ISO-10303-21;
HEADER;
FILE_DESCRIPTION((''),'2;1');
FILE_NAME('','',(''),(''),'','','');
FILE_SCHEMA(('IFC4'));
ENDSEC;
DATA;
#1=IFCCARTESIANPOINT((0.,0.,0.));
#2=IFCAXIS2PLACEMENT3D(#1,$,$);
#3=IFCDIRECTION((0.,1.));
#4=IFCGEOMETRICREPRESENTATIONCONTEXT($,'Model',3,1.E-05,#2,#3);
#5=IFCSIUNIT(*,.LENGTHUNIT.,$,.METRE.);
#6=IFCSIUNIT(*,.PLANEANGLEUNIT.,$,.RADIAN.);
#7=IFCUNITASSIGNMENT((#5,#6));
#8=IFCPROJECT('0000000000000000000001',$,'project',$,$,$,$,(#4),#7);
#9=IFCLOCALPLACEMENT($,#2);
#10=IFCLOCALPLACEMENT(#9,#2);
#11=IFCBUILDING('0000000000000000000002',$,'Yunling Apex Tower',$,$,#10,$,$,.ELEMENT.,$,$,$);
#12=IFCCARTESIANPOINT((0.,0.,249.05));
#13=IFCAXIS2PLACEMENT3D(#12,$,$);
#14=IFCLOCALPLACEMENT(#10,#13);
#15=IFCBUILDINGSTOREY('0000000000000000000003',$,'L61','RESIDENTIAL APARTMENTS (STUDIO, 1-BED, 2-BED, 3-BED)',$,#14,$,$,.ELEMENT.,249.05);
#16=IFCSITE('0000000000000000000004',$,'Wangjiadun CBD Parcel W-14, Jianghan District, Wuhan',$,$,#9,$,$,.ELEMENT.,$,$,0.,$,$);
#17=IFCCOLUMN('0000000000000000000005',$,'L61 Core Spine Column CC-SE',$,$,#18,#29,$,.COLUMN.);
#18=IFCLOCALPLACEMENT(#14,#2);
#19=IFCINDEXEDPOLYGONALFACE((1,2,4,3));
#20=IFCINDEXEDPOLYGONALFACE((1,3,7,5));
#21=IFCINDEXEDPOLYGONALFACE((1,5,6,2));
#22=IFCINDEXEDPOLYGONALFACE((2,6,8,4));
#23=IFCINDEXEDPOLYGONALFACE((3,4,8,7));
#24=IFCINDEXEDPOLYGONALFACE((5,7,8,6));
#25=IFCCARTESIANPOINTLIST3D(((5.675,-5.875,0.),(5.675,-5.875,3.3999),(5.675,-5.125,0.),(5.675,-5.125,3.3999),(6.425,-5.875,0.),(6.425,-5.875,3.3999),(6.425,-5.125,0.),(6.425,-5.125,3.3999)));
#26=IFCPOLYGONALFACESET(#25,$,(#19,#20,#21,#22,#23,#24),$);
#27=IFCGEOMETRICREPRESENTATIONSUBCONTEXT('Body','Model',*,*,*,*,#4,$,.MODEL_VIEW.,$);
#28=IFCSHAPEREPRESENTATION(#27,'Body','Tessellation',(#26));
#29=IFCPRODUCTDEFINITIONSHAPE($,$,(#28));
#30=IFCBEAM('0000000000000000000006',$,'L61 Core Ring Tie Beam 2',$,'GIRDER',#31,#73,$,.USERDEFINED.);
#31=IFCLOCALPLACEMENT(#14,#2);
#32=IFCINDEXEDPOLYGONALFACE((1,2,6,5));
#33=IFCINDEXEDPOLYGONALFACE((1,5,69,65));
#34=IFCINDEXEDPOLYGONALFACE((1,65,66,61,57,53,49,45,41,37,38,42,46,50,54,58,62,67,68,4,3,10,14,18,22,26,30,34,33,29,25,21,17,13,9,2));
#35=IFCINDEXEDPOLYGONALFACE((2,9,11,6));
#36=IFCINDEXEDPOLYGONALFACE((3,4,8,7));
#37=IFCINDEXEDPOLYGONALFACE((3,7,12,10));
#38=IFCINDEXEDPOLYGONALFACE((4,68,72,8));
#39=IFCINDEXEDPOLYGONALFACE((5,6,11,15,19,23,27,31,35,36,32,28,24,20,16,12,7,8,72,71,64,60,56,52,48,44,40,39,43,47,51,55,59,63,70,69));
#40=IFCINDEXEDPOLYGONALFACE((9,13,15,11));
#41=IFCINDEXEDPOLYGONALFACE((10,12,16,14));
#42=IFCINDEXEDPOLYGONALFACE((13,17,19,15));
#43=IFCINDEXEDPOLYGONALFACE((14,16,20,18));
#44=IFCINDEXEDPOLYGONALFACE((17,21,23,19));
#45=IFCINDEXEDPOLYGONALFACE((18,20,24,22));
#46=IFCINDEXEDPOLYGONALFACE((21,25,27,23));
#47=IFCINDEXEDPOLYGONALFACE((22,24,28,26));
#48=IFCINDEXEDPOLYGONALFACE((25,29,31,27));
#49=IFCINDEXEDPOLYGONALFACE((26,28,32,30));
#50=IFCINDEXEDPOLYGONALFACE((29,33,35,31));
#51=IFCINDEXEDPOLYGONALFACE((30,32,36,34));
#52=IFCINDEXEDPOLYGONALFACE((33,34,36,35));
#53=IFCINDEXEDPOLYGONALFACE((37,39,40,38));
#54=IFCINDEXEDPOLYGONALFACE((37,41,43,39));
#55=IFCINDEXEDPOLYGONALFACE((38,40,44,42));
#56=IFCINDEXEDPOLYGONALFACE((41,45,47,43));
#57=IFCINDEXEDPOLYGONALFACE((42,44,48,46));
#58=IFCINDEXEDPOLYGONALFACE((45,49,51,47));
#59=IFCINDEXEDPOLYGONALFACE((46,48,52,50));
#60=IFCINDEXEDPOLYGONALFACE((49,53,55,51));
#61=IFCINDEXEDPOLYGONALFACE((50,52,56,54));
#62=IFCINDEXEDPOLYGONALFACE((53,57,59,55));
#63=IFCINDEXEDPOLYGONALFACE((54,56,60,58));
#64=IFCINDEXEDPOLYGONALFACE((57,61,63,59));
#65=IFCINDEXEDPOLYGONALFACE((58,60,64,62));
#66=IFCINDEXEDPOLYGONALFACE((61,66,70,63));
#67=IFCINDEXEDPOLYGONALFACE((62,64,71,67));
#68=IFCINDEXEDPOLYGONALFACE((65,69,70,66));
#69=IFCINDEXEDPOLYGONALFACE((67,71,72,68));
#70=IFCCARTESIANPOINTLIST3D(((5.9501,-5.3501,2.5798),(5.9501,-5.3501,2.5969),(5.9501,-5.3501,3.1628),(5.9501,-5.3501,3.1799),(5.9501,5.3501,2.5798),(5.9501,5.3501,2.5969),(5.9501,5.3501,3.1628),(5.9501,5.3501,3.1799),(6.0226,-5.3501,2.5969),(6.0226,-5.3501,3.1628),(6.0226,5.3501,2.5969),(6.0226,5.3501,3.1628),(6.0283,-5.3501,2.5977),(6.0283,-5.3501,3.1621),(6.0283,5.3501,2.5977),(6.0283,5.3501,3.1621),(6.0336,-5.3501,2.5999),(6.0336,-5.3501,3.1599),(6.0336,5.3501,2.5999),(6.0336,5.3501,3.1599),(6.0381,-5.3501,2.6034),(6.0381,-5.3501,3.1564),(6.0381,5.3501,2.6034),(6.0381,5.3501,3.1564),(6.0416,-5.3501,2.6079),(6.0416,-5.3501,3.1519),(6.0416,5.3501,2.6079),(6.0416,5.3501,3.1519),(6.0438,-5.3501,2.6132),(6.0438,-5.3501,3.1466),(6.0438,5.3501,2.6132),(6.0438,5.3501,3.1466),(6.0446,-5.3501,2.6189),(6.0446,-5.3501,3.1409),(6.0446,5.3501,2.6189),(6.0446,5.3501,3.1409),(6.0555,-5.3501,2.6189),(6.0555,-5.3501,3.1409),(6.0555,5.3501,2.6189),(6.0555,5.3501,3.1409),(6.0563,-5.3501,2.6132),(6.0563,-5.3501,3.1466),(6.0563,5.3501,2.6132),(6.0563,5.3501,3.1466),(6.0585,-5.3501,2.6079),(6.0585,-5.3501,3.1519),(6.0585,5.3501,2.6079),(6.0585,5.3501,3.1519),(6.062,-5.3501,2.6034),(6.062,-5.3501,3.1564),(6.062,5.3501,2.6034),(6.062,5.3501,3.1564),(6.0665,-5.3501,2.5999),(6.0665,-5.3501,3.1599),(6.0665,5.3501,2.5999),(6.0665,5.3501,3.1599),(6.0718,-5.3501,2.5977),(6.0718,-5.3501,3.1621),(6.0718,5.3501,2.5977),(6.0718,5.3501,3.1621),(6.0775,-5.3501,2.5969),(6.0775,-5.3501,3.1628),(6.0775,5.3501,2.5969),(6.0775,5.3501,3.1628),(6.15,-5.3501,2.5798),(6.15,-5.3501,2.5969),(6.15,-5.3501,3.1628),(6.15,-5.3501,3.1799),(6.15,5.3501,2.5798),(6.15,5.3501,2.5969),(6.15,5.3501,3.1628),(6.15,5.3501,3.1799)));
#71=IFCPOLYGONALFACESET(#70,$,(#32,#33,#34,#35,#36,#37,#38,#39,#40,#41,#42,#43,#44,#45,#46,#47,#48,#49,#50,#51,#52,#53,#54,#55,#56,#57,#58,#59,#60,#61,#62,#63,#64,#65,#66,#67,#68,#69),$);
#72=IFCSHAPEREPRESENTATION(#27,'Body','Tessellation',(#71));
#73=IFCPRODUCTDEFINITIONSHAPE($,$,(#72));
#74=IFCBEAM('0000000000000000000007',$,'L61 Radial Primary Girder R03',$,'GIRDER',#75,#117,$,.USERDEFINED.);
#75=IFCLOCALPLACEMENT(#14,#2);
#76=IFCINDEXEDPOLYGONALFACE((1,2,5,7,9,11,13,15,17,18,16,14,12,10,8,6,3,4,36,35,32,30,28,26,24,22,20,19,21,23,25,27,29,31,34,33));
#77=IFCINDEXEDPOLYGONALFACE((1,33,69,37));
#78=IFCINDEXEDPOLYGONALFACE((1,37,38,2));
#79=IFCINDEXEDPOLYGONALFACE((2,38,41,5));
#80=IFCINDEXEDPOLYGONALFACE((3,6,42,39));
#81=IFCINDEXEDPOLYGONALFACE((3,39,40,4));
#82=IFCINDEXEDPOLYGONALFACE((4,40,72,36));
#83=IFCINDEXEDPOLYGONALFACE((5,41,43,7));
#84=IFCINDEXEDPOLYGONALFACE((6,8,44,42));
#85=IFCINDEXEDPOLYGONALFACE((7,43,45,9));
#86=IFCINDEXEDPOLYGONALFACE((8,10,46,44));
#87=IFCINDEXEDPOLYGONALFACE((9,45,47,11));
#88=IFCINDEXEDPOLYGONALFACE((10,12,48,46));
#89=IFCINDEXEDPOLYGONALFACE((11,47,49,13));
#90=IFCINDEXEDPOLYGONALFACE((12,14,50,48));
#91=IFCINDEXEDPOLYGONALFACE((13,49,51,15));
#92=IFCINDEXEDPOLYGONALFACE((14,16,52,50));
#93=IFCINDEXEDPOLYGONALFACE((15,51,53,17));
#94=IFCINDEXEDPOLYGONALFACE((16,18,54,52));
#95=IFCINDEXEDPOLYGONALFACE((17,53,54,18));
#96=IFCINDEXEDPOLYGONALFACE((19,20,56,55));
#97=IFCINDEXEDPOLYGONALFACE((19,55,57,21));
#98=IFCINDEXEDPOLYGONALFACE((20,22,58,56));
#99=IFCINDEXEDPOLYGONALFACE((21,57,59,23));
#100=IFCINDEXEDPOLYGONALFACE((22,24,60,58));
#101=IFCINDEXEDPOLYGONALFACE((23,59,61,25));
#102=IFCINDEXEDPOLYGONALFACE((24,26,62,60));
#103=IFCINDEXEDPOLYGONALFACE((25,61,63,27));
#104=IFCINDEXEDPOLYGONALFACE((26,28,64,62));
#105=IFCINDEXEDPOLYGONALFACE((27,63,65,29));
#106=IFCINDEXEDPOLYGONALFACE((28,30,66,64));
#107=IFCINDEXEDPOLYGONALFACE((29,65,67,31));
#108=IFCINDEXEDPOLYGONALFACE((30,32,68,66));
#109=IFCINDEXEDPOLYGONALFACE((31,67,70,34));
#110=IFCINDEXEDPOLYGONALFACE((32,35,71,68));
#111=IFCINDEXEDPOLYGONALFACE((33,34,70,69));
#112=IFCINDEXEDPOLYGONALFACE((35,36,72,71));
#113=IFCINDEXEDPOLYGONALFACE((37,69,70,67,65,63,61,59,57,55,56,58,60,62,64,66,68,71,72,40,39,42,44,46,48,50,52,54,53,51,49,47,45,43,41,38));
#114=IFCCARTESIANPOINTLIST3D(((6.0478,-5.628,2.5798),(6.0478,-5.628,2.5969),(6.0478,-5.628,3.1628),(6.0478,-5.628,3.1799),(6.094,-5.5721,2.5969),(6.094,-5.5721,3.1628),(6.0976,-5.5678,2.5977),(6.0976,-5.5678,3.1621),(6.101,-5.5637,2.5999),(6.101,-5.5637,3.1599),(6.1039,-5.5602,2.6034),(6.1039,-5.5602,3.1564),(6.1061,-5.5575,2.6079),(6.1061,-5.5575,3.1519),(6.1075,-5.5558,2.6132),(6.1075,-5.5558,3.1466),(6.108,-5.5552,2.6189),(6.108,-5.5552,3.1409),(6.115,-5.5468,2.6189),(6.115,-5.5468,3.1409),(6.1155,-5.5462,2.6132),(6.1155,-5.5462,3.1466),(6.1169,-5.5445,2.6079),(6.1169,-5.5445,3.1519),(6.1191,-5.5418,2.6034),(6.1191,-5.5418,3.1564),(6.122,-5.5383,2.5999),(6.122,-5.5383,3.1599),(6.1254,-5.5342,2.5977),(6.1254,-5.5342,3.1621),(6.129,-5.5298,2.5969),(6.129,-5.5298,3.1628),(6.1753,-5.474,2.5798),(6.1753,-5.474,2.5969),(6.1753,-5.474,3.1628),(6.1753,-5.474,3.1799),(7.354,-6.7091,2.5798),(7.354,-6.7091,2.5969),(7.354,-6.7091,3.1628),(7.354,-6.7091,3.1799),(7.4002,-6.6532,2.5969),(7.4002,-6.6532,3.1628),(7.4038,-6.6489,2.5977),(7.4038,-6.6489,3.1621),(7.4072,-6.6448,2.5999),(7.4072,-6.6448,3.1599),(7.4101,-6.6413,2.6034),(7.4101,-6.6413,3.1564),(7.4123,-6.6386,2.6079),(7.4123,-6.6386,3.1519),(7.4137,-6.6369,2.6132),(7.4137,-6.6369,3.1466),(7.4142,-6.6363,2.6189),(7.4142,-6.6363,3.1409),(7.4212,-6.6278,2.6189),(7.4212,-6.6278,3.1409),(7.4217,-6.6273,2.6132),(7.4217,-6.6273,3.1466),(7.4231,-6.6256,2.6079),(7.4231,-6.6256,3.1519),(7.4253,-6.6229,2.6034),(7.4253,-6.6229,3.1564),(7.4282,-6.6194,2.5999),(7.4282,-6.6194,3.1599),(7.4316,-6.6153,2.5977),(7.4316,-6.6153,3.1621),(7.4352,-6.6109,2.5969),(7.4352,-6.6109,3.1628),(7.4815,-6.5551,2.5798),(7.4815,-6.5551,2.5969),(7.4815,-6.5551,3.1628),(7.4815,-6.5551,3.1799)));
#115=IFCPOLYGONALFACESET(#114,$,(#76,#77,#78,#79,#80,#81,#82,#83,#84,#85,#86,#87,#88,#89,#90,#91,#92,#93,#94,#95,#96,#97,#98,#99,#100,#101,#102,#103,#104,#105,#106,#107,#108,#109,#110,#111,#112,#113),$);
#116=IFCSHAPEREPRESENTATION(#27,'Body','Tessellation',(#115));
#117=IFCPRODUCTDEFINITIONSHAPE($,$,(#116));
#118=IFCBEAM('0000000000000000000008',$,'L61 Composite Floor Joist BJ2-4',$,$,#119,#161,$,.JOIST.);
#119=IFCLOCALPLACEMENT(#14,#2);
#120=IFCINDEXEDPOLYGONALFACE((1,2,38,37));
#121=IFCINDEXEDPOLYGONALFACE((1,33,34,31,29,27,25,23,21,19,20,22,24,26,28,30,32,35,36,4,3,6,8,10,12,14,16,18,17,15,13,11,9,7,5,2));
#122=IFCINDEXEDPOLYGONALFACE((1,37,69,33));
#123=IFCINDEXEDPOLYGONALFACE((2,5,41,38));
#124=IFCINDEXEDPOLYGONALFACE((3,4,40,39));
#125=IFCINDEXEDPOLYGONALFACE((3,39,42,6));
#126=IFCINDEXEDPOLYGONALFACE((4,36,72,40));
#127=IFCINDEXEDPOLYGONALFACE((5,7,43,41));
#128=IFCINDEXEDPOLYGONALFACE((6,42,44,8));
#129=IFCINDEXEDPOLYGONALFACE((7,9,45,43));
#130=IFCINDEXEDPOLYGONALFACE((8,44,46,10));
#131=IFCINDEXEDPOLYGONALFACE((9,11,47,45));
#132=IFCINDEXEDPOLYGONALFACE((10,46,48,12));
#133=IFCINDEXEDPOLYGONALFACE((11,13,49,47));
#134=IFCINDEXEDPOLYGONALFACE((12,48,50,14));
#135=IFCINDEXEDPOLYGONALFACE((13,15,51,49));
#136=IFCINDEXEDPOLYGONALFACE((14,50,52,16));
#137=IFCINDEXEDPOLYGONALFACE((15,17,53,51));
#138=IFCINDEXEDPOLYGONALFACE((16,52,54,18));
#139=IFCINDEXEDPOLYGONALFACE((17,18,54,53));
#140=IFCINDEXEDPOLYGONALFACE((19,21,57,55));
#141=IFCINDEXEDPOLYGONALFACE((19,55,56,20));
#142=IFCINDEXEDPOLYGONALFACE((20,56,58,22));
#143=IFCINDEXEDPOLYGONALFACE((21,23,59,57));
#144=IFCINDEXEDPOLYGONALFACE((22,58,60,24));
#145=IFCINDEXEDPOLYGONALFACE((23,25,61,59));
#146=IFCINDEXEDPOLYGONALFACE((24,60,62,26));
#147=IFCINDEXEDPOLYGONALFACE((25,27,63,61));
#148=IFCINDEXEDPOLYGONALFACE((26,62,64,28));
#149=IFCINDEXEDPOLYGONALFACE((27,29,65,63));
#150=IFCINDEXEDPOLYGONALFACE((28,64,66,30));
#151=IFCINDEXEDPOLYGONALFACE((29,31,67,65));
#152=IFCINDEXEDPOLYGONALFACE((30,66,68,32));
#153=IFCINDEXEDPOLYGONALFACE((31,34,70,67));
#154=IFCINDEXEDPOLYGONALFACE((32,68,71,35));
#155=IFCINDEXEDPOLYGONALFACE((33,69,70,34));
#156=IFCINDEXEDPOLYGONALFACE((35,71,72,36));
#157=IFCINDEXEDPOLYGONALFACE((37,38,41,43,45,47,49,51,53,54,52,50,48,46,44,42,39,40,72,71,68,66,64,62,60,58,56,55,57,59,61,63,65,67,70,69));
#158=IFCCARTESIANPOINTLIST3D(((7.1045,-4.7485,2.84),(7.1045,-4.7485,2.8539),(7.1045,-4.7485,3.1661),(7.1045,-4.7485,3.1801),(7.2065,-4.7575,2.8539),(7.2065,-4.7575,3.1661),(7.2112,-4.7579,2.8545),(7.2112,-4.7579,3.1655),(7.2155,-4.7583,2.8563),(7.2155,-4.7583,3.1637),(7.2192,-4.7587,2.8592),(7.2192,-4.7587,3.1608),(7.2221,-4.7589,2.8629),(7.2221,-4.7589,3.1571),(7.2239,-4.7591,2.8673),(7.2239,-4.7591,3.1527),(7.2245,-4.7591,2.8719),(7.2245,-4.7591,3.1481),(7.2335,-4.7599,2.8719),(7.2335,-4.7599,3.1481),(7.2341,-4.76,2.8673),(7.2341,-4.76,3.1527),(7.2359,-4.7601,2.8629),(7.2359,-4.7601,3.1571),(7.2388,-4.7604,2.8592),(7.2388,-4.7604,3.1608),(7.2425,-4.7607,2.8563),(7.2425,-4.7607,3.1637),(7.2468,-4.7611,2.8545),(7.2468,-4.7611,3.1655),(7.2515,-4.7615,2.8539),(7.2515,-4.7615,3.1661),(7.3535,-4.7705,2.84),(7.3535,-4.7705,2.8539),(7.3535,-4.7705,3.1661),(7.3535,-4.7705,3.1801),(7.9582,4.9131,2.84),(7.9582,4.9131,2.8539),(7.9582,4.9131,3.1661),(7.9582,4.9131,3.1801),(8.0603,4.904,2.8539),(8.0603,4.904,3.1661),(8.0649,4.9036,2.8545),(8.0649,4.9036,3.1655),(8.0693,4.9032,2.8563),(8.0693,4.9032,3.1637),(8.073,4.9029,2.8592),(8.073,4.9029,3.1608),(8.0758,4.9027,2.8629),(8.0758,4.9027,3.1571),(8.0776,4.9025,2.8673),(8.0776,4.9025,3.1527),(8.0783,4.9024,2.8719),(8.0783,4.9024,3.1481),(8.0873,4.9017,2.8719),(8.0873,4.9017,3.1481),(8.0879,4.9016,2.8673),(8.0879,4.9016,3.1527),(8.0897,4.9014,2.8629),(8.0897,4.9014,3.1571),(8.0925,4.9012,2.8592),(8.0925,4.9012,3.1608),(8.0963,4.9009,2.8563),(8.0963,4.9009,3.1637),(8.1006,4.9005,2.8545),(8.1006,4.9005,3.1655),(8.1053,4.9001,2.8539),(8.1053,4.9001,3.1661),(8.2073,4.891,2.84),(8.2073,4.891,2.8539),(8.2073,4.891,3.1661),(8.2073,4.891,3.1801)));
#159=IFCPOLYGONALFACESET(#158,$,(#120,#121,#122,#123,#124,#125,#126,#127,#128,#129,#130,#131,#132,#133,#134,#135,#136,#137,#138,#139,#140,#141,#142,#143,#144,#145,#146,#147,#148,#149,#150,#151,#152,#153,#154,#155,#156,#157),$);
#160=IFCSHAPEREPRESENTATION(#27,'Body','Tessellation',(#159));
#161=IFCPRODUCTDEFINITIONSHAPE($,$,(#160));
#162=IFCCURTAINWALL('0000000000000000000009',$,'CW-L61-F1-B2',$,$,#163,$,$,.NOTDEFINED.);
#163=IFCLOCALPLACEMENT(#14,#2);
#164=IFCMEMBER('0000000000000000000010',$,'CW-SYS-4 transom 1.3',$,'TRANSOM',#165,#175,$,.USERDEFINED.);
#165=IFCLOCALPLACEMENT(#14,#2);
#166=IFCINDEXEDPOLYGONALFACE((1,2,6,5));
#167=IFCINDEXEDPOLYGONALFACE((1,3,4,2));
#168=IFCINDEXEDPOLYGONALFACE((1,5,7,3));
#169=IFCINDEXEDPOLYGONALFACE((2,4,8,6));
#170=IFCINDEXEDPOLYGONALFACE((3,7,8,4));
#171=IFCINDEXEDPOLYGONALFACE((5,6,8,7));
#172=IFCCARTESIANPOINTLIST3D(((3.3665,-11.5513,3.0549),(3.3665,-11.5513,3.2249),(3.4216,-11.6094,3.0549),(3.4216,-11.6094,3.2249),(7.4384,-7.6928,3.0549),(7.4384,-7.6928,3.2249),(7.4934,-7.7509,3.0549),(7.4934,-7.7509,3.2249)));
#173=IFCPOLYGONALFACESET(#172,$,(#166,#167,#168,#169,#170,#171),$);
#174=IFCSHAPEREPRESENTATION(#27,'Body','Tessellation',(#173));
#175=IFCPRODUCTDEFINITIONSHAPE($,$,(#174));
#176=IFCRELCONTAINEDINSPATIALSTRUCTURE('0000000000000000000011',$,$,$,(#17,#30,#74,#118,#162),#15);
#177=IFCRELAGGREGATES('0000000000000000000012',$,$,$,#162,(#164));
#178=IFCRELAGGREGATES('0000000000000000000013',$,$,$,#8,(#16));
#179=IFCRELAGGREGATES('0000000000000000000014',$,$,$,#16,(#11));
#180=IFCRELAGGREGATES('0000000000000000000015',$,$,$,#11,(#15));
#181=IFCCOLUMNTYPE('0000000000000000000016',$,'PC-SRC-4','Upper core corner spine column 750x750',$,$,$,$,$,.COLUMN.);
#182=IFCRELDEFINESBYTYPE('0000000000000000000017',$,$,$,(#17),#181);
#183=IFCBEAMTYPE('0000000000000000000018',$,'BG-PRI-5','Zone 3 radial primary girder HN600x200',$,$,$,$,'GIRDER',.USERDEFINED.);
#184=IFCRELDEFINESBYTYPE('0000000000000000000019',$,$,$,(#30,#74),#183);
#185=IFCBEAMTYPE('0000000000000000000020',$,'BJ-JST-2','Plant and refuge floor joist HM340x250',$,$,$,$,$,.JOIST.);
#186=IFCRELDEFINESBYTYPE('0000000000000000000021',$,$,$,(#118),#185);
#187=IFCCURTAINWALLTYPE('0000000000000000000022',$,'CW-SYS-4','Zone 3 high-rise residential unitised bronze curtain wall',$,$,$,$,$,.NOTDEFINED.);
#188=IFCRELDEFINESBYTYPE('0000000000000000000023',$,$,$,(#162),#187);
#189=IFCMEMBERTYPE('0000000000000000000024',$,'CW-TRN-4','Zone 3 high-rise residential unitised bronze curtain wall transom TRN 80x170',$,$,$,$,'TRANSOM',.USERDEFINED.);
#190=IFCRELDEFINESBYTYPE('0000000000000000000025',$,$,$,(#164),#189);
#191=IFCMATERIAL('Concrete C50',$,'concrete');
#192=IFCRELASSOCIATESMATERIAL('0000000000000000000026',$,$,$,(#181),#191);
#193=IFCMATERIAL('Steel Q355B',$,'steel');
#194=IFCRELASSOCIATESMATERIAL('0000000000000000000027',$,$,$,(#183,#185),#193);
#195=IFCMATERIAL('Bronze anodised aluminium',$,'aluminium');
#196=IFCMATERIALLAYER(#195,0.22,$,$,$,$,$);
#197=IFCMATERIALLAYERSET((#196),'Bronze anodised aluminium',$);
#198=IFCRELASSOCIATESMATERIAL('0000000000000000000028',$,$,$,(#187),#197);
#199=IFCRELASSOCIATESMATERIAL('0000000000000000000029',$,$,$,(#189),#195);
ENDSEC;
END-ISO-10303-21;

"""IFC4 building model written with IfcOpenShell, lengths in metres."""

from ifc_helpers import new_model, si_unit, direction, frame, origin, origin_2d, place, context, subcontext, project, spatial, rectangle, i_section, extrude, source, transform, mapped, material, layer, layer_set, material_profile, profile_set, type_object, element, aggregate, save


model = new_model("IFC4")

# Units and contexts
model_context = context("Model", 3, precision=1e-05, world=origin(), true_north=direction((0.0, 1.0)))
body_context = subcontext(model_context, "Body", "Model", "MODEL_VIEW")
ifc_project = project(units=[si_unit("LENGTHUNIT", "METRE"), si_unit("PLANEANGLEUNIT", "RADIAN")], contexts=[model_context])

# Site, building, storey
site_placement = place(None, origin())
site = spatial("IfcSite", under=ifc_project, at=site_placement, Name="Wangjiadun CBD Parcel W-14, Jianghan District, Wuhan", CompositionType="ELEMENT", RefElevation=0.0)
building_placement = place(site_placement, origin())
building = spatial("IfcBuilding", under=site, at=building_placement, Name="Yunling Apex Tower", CompositionType="ELEMENT")
storey_placement = place(building_placement, frame((0.0, 0.0, 249.05)))
storey = spatial("IfcBuildingStorey", under=building, at=storey_placement, Name="L61", Description="RESIDENTIAL APARTMENTS (STUDIO, 1-BED, 2-BED, 3-BED)", CompositionType="ELEMENT", Elevation=249.05)

# Column
ifc_material_1 = material(Name="Concrete C50", Category="concrete")
ifc_material_profile_1 = material_profile(ifc_material_1, rectangle(XDim=0.75, YDim=0.75, at=origin_2d()))
ifc_profile_set_1 = profile_set([ifc_material_profile_1], Name="Concrete C50")
column_type = type_object("IfcColumnType", Name="PC-SRC-4", Description="Upper core corner spine column 750x750", PredefinedType="COLUMN", material=ifc_profile_set_1)
shared_shape_1 = source(origin(), body_context, "Body", "SweptSolid", [
    extrude(rectangle(XDim=0.75, YDim=0.75, at=origin_2d()), origin(), (0.0, 0.0, 1.0), 3.3999),
])
column_placement = place(storey_placement, frame((6.05, -5.5, 0.0), z_axis=(0.0, 0.0, 1.0), x_axis=(1.0, 0.0, 0.0)))
element("IfcColumn", 1, at=column_placement, inside=storey, type_object=column_type, Name="L61 Core Spine Column CC-SE", PredefinedType="COLUMN", context=body_context, shape_type="MappedRepresentation", body=[
    mapped(shared_shape_1, transform((0.0, 0.0, 0.0), scale=1.0)),
])

# Beams
ifc_material_2 = material(Name="Steel Q355B", Category="steel")
ifc_material_profile_2 = material_profile(ifc_material_2, i_section(OverallWidth=0.2, OverallDepth=0.6001, WebThickness=0.011, FlangeThickness=0.0171, FilletRadius=0.022, at=origin_2d()))
ifc_profile_set_2 = profile_set([ifc_material_profile_2], Name="Steel Q355B")
beam_type_1 = type_object("IfcBeamType", Name="BG-PRI-5", Description="Zone 3 radial primary girder HN600x200", ElementType="GIRDER", PredefinedType="USERDEFINED", material=ifc_profile_set_2)
shared_shape_2 = source(origin(), body_context, "Body", "SweptSolid", [
    extrude(i_section(OverallWidth=0.2, OverallDepth=0.6001, WebThickness=0.011, FlangeThickness=0.0171, FilletRadius=0.022, at=origin_2d()), origin(), (0.0, 0.0, 1.0), 10.7002),
])
beam_1_placement = place(storey_placement, frame((6.05, -5.3501, 2.8799), z_axis=(0.0, 1.0, 0.0), x_axis=(-1.0, 0.0, 0.0)))
element("IfcBeam", 2, at=beam_1_placement, inside=storey, type_object=beam_type_1, Name="L61 Core Ring Tie Beam 2", ObjectType="GIRDER", PredefinedType="USERDEFINED", context=body_context, shape_type="MappedRepresentation", body=[
    mapped(shared_shape_2, transform((0.0, 0.0, 0.0), scale=1.0)),
])
shared_shape_3 = source(origin(), body_context, "Body", "SweptSolid", [
    extrude(i_section(OverallWidth=0.2, OverallDepth=0.6001, WebThickness=0.011, FlangeThickness=0.0171, FilletRadius=0.022, at=origin_2d()), origin(), (0.0, 0.0, 1.0), 1.6956),
])
beam_2_placement = place(storey_placement, frame((7.4177, -6.6321, 2.8799), z_axis=(-0.770365, 0.637603, 0.0), x_axis=(-0.637603, -0.770365, 0.0)))
element("IfcBeam", 3, at=beam_2_placement, inside=storey, type_object=beam_type_1, Name="L61 Radial Primary Girder R03", ObjectType="GIRDER", PredefinedType="USERDEFINED", context=body_context, shape_type="MappedRepresentation", body=[
    mapped(shared_shape_3, transform((0.0, 0.0, 0.0), scale=1.0)),
])
ifc_material_profile_3 = material_profile(ifc_material_2, i_section(OverallWidth=0.25, OverallDepth=0.3401, WebThickness=0.009, FlangeThickness=0.0139, FilletRadius=0.0181, at=origin_2d()))
ifc_profile_set_3 = profile_set([ifc_material_profile_3], Name="Steel Q355B")
beam_type_2 = type_object("IfcBeamType", Name="BJ-JST-2", Description="Plant and refuge floor joist HM340x250", PredefinedType="JOIST", material=ifc_profile_set_3)
shared_shape_4 = source(origin(), body_context, "Body", "SweptSolid", [
    extrude(i_section(OverallWidth=0.25, OverallDepth=0.3401, WebThickness=0.009, FlangeThickness=0.0139, FilletRadius=0.0181, at=origin_2d()), origin(), (0.0, 0.0, 1.0), 9.6992),
])
beam_3_placement = place(storey_placement, frame((7.229, -4.7595, 3.01), z_axis=(0.088023, 0.996118, 0.0), x_axis=(-0.996118, 0.088023, 0.0)))
element("IfcBeam", 4, at=beam_3_placement, inside=storey, type_object=beam_type_2, Name="L61 Composite Floor Joist BJ2-4", PredefinedType="JOIST", context=body_context, shape_type="MappedRepresentation", body=[
    mapped(shared_shape_4, transform((0.0, 0.0, 0.0), scale=1.0)),
])

# Curtain wall, member
ifc_material_3 = material(Name="Bronze anodised aluminium", Category="aluminium")
ifc_layer_1 = layer(ifc_material_3, 0.22)
ifc_layer_set_1 = layer_set([ifc_layer_1], Name="Bronze anodised aluminium")
curtain_wall_type = type_object("IfcCurtainWallType", Name="CW-SYS-4", Description="Zone 3 high-rise residential unitised bronze curtain wall", PredefinedType="NOTDEFINED", material=ifc_layer_set_1)
curtain_wall_placement = place(storey_placement, origin())
curtain_wall = element("IfcCurtainWall", 5, at=curtain_wall_placement, inside=storey, type_object=curtain_wall_type, Name="CW-L61-F1-B2", PredefinedType="NOTDEFINED")
ifc_material_profile_4 = material_profile(ifc_material_3, rectangle(XDim=0.0801, YDim=0.1699, at=origin_2d()))
ifc_profile_set_4 = profile_set([ifc_material_profile_4], Name="Bronze anodised aluminium")
member_type_1 = type_object("IfcMemberType", Name="CW-TRN-4", Description="Zone 3 high-rise residential unitised bronze curtain wall transom TRN 80x170", ElementType="TRANSOM", PredefinedType="USERDEFINED", material=ifc_profile_set_4)
shared_shape_5 = source(origin(), body_context, "Body", "SweptSolid", [
    extrude(rectangle(XDim=0.0801, YDim=0.1699, at=origin_2d()), origin(), (0.0, 0.0, 1.0), 5.6096),
])
member_1_placement = place(storey_placement, frame((3.394, -11.5803, 3.1399), z_axis=(0.72587, 0.687832, 0.0), x_axis=(-0.687832, 0.72587, 0.0)))
member_1 = element("IfcMember", 6, at=member_1_placement, type_object=member_type_1, Name="CW-SYS-4 transom 1.3", ObjectType="TRANSOM", PredefinedType="USERDEFINED", context=body_context, shape_type="MappedRepresentation", body=[
    mapped(shared_shape_5, transform((0.0, 0.0, 0.0), scale=1.0)),
])
aggregate(curtain_wall, [member_1])

save(model, "model.ifc")
